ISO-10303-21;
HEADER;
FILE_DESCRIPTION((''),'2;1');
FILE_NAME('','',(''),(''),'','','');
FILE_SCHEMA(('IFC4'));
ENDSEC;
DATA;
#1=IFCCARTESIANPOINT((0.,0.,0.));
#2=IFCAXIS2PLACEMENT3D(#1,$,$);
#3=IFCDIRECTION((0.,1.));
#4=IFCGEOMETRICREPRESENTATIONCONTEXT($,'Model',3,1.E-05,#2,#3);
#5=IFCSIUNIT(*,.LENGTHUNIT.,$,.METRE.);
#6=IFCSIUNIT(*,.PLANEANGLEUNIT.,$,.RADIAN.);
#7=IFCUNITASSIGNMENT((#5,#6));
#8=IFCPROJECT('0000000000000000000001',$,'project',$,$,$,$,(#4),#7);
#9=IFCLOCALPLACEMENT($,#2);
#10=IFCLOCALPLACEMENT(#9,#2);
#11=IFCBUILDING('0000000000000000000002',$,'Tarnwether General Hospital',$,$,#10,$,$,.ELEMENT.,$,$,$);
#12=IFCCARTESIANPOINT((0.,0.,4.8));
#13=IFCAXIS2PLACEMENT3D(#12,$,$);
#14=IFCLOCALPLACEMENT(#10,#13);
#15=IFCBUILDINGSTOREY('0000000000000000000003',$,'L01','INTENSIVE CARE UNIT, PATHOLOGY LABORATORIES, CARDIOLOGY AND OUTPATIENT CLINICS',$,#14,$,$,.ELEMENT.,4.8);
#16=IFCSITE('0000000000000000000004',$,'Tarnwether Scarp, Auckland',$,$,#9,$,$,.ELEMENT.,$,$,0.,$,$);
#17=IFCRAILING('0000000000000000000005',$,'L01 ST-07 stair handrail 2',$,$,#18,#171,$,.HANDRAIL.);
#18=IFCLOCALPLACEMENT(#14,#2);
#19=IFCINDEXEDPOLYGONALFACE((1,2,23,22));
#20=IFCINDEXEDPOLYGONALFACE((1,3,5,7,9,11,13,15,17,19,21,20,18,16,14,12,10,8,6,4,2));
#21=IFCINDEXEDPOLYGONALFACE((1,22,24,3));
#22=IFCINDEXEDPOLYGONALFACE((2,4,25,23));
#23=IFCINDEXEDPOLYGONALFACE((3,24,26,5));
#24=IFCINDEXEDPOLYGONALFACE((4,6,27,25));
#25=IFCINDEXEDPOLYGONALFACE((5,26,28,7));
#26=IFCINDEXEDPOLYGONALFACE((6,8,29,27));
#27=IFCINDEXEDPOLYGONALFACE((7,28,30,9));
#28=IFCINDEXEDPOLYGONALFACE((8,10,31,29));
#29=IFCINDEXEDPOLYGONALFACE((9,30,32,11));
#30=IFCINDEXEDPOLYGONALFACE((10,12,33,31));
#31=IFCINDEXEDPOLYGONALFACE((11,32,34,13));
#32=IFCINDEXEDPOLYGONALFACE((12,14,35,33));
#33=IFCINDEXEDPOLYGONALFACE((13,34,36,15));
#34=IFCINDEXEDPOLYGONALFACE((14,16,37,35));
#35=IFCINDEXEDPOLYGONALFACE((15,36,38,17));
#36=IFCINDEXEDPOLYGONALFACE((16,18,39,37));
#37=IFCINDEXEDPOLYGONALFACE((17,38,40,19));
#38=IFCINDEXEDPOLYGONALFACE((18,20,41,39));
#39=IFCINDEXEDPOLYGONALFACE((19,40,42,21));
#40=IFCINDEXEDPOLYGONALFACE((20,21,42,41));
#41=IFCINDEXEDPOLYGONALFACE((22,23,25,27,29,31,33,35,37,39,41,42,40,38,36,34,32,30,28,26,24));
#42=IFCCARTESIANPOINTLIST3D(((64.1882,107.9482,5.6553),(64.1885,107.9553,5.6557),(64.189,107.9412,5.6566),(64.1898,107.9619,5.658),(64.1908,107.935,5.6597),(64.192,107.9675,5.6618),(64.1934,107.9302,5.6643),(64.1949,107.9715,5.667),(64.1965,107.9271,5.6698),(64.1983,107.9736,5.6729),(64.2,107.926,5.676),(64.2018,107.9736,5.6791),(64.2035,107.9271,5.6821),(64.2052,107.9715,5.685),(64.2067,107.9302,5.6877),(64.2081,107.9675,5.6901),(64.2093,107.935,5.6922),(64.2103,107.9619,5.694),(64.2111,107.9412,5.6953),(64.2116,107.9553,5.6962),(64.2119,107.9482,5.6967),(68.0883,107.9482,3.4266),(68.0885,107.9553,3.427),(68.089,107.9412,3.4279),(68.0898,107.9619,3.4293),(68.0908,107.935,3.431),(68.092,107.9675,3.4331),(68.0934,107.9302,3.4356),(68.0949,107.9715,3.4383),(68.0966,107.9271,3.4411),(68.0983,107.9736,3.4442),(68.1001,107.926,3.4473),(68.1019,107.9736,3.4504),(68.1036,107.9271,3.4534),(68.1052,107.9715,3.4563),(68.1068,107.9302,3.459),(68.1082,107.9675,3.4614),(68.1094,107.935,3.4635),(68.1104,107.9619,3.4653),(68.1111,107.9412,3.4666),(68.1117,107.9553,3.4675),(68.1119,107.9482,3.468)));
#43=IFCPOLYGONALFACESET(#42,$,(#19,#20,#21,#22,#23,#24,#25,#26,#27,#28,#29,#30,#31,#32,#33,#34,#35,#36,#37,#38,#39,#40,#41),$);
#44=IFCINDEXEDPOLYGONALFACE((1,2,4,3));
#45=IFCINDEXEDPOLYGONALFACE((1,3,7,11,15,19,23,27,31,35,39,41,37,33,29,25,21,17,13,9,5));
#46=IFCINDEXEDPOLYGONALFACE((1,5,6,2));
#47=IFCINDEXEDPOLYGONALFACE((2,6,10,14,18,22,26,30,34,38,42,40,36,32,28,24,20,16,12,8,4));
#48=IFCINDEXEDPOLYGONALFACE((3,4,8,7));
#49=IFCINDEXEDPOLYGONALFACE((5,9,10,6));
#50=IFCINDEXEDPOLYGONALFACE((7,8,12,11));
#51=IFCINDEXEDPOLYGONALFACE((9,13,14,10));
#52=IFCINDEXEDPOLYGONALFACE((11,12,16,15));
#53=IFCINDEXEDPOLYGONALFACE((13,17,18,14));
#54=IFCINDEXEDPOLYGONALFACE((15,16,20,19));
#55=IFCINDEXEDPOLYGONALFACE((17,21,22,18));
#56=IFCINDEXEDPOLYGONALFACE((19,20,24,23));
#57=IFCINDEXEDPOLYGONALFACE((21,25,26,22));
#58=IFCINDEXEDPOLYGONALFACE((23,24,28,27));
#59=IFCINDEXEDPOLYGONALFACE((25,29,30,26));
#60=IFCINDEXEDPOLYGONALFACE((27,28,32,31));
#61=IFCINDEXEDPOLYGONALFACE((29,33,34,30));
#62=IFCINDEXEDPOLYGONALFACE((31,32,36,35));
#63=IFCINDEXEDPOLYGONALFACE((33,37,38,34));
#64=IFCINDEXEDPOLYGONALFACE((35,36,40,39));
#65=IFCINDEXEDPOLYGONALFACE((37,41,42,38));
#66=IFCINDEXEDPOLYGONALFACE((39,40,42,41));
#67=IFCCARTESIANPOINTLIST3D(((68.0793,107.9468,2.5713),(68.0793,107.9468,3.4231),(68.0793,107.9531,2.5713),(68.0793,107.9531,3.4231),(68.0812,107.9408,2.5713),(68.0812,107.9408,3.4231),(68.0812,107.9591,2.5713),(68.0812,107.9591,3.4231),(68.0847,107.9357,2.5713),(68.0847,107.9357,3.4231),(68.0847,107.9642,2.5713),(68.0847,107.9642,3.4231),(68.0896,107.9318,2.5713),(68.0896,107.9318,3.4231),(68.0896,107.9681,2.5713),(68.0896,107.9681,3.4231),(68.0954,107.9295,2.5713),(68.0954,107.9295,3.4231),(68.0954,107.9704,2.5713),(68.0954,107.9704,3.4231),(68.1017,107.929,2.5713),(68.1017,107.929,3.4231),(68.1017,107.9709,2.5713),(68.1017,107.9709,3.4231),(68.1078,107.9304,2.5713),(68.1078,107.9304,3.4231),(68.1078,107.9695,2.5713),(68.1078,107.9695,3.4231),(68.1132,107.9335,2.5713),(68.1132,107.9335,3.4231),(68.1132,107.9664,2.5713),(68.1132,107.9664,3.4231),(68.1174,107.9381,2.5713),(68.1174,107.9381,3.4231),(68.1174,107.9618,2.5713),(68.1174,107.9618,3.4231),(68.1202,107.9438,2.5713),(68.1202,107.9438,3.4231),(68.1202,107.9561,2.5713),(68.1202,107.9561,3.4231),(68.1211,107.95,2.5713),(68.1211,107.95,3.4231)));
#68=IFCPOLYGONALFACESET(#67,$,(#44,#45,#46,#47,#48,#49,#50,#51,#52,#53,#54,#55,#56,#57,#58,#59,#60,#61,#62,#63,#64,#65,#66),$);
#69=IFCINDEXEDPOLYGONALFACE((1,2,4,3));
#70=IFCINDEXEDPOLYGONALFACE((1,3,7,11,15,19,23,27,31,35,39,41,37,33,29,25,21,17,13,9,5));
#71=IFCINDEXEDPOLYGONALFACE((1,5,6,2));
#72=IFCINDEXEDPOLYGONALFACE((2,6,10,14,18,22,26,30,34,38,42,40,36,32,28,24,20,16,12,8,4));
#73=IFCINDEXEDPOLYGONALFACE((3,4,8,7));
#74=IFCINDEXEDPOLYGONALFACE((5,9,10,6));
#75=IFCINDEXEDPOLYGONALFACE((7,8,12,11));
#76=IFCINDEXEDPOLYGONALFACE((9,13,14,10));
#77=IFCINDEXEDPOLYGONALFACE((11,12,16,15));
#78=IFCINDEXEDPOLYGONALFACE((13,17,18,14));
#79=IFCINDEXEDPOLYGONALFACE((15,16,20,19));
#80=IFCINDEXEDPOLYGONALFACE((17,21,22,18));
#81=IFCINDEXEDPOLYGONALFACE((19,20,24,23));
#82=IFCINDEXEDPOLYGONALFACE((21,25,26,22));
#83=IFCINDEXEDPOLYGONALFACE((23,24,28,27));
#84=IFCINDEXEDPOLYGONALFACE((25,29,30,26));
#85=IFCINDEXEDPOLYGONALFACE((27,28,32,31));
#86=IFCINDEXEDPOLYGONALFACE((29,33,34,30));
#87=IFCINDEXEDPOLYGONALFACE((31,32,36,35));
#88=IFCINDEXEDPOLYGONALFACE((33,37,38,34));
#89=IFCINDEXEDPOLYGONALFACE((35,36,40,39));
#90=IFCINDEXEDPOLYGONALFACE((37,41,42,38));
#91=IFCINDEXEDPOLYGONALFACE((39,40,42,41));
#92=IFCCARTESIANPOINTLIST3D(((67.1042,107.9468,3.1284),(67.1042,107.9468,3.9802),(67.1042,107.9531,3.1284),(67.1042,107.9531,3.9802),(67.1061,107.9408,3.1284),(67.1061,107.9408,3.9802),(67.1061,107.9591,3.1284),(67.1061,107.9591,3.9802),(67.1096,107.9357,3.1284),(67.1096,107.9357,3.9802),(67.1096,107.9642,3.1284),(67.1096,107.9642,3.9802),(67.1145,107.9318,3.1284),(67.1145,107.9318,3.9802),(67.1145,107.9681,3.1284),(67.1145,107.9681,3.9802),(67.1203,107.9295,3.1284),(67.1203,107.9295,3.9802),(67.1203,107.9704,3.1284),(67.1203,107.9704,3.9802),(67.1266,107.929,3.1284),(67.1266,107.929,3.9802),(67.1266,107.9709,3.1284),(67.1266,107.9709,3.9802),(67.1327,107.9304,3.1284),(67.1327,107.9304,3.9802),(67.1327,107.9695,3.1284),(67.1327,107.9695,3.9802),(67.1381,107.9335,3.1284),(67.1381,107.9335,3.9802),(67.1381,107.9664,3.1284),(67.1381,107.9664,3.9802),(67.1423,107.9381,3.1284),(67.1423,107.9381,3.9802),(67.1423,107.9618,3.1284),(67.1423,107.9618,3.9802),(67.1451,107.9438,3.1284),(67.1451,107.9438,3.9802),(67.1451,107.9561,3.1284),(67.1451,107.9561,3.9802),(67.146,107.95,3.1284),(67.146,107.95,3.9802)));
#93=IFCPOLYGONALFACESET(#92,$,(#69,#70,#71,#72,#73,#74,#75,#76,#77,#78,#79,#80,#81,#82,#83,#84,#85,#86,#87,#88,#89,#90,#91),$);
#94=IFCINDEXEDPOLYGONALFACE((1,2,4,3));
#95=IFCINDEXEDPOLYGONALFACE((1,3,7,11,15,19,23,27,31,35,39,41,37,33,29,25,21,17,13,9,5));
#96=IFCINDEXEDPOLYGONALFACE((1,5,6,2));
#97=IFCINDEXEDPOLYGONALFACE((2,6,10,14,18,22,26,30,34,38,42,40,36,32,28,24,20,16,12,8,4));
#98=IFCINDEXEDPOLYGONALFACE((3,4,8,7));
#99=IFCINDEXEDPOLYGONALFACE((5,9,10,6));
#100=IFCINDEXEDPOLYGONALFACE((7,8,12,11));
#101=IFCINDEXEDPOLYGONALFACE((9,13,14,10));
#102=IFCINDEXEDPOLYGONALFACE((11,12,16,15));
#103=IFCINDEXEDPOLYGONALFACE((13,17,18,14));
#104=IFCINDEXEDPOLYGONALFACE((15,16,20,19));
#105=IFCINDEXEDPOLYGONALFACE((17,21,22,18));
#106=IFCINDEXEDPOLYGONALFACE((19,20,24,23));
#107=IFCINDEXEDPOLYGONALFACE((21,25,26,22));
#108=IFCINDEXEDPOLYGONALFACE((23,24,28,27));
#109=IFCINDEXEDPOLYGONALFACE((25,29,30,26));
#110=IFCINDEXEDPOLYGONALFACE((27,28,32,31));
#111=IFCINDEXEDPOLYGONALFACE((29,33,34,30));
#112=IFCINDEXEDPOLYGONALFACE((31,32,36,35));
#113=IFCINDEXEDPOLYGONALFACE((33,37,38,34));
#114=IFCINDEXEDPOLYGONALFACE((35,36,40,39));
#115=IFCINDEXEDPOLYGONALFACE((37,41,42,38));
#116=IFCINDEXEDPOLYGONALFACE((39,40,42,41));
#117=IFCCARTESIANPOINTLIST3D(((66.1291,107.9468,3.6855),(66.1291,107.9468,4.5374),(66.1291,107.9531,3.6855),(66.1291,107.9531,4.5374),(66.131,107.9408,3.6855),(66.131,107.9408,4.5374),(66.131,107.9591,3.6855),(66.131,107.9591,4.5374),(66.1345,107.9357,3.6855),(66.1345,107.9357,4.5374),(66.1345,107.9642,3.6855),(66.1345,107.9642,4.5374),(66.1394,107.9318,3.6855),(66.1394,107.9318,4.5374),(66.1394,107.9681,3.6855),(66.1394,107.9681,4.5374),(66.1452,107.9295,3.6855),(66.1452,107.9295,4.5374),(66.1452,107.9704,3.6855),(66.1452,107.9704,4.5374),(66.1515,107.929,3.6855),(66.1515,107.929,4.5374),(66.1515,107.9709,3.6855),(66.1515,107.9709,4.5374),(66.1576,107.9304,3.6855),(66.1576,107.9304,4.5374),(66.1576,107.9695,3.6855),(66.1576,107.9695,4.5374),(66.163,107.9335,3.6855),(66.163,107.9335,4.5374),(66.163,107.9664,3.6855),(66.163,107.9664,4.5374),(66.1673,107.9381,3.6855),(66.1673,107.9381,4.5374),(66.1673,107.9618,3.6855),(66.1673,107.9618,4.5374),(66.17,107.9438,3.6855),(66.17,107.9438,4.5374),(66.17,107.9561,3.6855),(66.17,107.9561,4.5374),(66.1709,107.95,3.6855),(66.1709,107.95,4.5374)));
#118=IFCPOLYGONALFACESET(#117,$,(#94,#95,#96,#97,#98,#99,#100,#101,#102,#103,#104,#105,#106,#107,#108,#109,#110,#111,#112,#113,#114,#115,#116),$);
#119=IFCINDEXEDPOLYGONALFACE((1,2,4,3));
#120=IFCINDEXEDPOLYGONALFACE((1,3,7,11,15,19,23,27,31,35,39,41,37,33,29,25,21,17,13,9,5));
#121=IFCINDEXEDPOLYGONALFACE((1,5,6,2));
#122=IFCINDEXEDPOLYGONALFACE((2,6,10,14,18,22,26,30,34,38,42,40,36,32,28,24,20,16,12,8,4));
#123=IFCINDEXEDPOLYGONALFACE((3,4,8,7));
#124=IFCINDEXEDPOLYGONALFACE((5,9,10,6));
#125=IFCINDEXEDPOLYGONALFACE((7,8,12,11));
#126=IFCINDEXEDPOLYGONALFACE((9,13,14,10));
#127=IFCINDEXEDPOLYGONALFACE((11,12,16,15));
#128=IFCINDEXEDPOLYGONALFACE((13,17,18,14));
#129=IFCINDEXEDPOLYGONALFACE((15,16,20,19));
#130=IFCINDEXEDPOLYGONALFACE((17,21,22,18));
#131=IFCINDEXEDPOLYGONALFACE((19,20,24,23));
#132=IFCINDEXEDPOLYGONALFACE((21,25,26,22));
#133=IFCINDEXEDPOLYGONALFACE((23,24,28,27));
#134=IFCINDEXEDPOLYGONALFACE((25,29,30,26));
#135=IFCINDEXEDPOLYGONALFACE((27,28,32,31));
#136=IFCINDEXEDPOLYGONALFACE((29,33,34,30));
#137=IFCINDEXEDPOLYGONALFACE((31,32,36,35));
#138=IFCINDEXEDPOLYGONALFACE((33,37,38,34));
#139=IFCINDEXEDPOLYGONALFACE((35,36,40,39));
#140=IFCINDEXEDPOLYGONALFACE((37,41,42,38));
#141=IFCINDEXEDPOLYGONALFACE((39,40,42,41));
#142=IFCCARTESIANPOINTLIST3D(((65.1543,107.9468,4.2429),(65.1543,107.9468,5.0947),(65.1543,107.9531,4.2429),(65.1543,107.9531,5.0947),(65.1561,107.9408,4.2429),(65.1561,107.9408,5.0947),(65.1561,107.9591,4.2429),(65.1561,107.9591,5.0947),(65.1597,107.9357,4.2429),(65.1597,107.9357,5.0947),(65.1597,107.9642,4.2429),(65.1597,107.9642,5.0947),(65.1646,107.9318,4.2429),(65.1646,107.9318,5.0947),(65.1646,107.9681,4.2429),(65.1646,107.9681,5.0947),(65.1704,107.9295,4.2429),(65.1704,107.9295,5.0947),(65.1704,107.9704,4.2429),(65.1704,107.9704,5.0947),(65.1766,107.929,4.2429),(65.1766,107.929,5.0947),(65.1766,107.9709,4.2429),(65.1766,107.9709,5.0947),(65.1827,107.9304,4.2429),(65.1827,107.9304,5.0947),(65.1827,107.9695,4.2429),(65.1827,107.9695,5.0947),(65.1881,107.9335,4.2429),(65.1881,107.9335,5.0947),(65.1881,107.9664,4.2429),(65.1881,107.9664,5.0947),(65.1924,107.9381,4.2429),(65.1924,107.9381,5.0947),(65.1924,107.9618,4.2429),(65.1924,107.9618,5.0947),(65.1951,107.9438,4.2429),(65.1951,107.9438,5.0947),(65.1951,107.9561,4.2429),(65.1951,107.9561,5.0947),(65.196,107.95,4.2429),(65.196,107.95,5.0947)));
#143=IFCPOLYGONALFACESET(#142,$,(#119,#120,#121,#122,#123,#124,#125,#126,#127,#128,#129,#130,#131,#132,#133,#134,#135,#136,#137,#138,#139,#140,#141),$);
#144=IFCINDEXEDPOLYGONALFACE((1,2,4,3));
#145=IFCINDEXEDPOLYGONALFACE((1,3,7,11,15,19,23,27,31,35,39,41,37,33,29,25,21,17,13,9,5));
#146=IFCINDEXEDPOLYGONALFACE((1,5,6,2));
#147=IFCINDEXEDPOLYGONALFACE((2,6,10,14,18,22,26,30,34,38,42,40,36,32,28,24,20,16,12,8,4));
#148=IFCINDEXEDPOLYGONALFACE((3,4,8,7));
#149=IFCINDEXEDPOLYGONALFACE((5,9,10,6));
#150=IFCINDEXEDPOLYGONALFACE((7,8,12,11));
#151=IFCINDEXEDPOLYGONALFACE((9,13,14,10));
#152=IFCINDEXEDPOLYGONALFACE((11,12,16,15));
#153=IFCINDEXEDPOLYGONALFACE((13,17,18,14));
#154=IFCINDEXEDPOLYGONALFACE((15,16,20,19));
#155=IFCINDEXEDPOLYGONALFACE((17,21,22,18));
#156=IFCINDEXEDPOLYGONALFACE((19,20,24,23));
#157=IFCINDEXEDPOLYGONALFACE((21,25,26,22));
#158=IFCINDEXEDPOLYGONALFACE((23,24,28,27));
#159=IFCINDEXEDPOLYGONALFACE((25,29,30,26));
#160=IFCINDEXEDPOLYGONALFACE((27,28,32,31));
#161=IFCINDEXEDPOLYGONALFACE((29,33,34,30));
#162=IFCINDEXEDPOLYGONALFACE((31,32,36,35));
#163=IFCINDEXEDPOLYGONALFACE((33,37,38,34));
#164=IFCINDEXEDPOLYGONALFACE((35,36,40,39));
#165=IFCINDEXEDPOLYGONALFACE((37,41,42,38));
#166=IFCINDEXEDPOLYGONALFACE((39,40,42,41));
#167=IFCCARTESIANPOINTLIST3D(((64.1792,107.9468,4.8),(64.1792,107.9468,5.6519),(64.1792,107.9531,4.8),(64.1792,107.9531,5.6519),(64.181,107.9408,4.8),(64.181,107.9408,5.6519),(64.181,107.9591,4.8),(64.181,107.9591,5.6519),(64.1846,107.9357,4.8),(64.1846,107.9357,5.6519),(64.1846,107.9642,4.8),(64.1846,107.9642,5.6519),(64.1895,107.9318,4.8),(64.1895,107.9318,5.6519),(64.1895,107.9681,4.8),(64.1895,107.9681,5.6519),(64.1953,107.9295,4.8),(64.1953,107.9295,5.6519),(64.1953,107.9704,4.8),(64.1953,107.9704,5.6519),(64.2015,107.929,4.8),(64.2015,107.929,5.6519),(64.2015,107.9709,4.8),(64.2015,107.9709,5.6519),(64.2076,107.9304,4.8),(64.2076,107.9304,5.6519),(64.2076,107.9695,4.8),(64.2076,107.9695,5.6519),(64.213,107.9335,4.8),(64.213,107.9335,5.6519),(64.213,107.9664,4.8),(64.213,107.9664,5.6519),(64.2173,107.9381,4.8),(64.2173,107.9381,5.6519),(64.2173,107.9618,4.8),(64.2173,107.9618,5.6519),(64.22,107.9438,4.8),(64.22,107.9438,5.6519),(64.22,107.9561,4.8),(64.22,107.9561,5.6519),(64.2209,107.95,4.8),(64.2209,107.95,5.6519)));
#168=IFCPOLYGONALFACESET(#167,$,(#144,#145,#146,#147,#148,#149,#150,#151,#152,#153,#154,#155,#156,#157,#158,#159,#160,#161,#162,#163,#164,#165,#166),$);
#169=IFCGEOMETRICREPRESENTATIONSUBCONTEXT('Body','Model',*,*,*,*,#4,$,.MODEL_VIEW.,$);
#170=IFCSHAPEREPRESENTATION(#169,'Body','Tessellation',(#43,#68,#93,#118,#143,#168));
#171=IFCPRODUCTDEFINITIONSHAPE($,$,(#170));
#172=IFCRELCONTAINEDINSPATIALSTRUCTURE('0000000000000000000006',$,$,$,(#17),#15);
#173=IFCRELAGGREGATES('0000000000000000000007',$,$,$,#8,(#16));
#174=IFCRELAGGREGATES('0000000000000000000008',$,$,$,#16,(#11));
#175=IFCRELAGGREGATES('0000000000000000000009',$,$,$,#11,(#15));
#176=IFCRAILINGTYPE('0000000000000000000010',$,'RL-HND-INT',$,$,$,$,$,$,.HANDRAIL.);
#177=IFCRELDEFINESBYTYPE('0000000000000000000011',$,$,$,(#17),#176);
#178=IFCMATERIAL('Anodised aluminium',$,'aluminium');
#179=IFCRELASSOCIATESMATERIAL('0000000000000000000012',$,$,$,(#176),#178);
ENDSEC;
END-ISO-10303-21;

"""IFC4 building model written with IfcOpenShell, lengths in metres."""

from ifc_helpers import new_model, si_unit, direction, frame, origin, origin_2d, place, context, subcontext, project, spatial, circle, extrude, material, type_object, element, save


model = new_model("IFC4")

# Units and contexts
model_context = context("Model", 3, precision=1e-05, world=origin(), true_north=direction((0.0, 1.0)))
body_context = subcontext(model_context, "Body", "Model", "MODEL_VIEW")
ifc_project = project(units=[si_unit("LENGTHUNIT", "METRE"), si_unit("PLANEANGLEUNIT", "RADIAN")], contexts=[model_context])

# Site, building, storey
site_placement = place(None, origin())
site = spatial("IfcSite", under=ifc_project, at=site_placement, Name="Tarnwether Scarp, Auckland", CompositionType="ELEMENT", RefElevation=0.0)
building_placement = place(site_placement, origin())
building = spatial("IfcBuilding", under=site, at=building_placement, Name="Tarnwether General Hospital", CompositionType="ELEMENT")
storey_placement = place(building_placement, frame((0.0, 0.0, 4.8)))
storey = spatial("IfcBuildingStorey", under=building, at=storey_placement, Name="L01", Description="INTENSIVE CARE UNIT, PATHOLOGY LABORATORIES, CARDIOLOGY AND OUTPATIENT CLINICS", CompositionType="ELEMENT", Elevation=4.8)

# Railing
ifc_material_1 = material(Name="Anodised aluminium", Category="aluminium")
railing_type_1 = type_object("IfcRailingType", Name="RL-HND-INT", PredefinedType="HANDRAIL", material=ifc_material_1)
railing_1_placement = place(storey_placement, frame((68.1001, 107.95, 2.5713)))
element("IfcRailing", 1, at=railing_1_placement, inside=storey, type_object=railing_type_1, Name="L01 ST-07 stair handrail 2", PredefinedType="HANDRAIL", context=body_context, shape_type="SweptSolid", body=[
    extrude(circle(Radius=0.0239, at=origin_2d()), frame((0.0, 0.0, 0.876), z_axis=(-0.868233, 0.0, 0.496156), x_axis=(0.0, -1.0, 0.0)), (0.0, 0.0, 1.0), 4.4919),
    extrude(circle(Radius=0.021, at=origin_2d()), origin(), (0.0, 0.0, 1.0), 0.8518),
    extrude(circle(Radius=0.021, at=origin_2d()), frame((-0.9751, 0.0, 0.5571)), (0.0, 0.0, 1.0), 0.8518),
    extrude(circle(Radius=0.021, at=origin_2d()), frame((-1.9502, 0.0, 1.1143)), (0.0, 0.0, 1.0), 0.8518),
    extrude(circle(Radius=0.021, at=origin_2d()), frame((-2.925, 0.0, 1.6716)), (0.0, 0.0, 1.0), 0.8518),
    extrude(circle(Radius=0.021, at=origin_2d()), frame((-3.9001, 0.0, 2.2288)), (0.0, 0.0, 1.0), 0.8518),
])

save(model, "model.ifc")
